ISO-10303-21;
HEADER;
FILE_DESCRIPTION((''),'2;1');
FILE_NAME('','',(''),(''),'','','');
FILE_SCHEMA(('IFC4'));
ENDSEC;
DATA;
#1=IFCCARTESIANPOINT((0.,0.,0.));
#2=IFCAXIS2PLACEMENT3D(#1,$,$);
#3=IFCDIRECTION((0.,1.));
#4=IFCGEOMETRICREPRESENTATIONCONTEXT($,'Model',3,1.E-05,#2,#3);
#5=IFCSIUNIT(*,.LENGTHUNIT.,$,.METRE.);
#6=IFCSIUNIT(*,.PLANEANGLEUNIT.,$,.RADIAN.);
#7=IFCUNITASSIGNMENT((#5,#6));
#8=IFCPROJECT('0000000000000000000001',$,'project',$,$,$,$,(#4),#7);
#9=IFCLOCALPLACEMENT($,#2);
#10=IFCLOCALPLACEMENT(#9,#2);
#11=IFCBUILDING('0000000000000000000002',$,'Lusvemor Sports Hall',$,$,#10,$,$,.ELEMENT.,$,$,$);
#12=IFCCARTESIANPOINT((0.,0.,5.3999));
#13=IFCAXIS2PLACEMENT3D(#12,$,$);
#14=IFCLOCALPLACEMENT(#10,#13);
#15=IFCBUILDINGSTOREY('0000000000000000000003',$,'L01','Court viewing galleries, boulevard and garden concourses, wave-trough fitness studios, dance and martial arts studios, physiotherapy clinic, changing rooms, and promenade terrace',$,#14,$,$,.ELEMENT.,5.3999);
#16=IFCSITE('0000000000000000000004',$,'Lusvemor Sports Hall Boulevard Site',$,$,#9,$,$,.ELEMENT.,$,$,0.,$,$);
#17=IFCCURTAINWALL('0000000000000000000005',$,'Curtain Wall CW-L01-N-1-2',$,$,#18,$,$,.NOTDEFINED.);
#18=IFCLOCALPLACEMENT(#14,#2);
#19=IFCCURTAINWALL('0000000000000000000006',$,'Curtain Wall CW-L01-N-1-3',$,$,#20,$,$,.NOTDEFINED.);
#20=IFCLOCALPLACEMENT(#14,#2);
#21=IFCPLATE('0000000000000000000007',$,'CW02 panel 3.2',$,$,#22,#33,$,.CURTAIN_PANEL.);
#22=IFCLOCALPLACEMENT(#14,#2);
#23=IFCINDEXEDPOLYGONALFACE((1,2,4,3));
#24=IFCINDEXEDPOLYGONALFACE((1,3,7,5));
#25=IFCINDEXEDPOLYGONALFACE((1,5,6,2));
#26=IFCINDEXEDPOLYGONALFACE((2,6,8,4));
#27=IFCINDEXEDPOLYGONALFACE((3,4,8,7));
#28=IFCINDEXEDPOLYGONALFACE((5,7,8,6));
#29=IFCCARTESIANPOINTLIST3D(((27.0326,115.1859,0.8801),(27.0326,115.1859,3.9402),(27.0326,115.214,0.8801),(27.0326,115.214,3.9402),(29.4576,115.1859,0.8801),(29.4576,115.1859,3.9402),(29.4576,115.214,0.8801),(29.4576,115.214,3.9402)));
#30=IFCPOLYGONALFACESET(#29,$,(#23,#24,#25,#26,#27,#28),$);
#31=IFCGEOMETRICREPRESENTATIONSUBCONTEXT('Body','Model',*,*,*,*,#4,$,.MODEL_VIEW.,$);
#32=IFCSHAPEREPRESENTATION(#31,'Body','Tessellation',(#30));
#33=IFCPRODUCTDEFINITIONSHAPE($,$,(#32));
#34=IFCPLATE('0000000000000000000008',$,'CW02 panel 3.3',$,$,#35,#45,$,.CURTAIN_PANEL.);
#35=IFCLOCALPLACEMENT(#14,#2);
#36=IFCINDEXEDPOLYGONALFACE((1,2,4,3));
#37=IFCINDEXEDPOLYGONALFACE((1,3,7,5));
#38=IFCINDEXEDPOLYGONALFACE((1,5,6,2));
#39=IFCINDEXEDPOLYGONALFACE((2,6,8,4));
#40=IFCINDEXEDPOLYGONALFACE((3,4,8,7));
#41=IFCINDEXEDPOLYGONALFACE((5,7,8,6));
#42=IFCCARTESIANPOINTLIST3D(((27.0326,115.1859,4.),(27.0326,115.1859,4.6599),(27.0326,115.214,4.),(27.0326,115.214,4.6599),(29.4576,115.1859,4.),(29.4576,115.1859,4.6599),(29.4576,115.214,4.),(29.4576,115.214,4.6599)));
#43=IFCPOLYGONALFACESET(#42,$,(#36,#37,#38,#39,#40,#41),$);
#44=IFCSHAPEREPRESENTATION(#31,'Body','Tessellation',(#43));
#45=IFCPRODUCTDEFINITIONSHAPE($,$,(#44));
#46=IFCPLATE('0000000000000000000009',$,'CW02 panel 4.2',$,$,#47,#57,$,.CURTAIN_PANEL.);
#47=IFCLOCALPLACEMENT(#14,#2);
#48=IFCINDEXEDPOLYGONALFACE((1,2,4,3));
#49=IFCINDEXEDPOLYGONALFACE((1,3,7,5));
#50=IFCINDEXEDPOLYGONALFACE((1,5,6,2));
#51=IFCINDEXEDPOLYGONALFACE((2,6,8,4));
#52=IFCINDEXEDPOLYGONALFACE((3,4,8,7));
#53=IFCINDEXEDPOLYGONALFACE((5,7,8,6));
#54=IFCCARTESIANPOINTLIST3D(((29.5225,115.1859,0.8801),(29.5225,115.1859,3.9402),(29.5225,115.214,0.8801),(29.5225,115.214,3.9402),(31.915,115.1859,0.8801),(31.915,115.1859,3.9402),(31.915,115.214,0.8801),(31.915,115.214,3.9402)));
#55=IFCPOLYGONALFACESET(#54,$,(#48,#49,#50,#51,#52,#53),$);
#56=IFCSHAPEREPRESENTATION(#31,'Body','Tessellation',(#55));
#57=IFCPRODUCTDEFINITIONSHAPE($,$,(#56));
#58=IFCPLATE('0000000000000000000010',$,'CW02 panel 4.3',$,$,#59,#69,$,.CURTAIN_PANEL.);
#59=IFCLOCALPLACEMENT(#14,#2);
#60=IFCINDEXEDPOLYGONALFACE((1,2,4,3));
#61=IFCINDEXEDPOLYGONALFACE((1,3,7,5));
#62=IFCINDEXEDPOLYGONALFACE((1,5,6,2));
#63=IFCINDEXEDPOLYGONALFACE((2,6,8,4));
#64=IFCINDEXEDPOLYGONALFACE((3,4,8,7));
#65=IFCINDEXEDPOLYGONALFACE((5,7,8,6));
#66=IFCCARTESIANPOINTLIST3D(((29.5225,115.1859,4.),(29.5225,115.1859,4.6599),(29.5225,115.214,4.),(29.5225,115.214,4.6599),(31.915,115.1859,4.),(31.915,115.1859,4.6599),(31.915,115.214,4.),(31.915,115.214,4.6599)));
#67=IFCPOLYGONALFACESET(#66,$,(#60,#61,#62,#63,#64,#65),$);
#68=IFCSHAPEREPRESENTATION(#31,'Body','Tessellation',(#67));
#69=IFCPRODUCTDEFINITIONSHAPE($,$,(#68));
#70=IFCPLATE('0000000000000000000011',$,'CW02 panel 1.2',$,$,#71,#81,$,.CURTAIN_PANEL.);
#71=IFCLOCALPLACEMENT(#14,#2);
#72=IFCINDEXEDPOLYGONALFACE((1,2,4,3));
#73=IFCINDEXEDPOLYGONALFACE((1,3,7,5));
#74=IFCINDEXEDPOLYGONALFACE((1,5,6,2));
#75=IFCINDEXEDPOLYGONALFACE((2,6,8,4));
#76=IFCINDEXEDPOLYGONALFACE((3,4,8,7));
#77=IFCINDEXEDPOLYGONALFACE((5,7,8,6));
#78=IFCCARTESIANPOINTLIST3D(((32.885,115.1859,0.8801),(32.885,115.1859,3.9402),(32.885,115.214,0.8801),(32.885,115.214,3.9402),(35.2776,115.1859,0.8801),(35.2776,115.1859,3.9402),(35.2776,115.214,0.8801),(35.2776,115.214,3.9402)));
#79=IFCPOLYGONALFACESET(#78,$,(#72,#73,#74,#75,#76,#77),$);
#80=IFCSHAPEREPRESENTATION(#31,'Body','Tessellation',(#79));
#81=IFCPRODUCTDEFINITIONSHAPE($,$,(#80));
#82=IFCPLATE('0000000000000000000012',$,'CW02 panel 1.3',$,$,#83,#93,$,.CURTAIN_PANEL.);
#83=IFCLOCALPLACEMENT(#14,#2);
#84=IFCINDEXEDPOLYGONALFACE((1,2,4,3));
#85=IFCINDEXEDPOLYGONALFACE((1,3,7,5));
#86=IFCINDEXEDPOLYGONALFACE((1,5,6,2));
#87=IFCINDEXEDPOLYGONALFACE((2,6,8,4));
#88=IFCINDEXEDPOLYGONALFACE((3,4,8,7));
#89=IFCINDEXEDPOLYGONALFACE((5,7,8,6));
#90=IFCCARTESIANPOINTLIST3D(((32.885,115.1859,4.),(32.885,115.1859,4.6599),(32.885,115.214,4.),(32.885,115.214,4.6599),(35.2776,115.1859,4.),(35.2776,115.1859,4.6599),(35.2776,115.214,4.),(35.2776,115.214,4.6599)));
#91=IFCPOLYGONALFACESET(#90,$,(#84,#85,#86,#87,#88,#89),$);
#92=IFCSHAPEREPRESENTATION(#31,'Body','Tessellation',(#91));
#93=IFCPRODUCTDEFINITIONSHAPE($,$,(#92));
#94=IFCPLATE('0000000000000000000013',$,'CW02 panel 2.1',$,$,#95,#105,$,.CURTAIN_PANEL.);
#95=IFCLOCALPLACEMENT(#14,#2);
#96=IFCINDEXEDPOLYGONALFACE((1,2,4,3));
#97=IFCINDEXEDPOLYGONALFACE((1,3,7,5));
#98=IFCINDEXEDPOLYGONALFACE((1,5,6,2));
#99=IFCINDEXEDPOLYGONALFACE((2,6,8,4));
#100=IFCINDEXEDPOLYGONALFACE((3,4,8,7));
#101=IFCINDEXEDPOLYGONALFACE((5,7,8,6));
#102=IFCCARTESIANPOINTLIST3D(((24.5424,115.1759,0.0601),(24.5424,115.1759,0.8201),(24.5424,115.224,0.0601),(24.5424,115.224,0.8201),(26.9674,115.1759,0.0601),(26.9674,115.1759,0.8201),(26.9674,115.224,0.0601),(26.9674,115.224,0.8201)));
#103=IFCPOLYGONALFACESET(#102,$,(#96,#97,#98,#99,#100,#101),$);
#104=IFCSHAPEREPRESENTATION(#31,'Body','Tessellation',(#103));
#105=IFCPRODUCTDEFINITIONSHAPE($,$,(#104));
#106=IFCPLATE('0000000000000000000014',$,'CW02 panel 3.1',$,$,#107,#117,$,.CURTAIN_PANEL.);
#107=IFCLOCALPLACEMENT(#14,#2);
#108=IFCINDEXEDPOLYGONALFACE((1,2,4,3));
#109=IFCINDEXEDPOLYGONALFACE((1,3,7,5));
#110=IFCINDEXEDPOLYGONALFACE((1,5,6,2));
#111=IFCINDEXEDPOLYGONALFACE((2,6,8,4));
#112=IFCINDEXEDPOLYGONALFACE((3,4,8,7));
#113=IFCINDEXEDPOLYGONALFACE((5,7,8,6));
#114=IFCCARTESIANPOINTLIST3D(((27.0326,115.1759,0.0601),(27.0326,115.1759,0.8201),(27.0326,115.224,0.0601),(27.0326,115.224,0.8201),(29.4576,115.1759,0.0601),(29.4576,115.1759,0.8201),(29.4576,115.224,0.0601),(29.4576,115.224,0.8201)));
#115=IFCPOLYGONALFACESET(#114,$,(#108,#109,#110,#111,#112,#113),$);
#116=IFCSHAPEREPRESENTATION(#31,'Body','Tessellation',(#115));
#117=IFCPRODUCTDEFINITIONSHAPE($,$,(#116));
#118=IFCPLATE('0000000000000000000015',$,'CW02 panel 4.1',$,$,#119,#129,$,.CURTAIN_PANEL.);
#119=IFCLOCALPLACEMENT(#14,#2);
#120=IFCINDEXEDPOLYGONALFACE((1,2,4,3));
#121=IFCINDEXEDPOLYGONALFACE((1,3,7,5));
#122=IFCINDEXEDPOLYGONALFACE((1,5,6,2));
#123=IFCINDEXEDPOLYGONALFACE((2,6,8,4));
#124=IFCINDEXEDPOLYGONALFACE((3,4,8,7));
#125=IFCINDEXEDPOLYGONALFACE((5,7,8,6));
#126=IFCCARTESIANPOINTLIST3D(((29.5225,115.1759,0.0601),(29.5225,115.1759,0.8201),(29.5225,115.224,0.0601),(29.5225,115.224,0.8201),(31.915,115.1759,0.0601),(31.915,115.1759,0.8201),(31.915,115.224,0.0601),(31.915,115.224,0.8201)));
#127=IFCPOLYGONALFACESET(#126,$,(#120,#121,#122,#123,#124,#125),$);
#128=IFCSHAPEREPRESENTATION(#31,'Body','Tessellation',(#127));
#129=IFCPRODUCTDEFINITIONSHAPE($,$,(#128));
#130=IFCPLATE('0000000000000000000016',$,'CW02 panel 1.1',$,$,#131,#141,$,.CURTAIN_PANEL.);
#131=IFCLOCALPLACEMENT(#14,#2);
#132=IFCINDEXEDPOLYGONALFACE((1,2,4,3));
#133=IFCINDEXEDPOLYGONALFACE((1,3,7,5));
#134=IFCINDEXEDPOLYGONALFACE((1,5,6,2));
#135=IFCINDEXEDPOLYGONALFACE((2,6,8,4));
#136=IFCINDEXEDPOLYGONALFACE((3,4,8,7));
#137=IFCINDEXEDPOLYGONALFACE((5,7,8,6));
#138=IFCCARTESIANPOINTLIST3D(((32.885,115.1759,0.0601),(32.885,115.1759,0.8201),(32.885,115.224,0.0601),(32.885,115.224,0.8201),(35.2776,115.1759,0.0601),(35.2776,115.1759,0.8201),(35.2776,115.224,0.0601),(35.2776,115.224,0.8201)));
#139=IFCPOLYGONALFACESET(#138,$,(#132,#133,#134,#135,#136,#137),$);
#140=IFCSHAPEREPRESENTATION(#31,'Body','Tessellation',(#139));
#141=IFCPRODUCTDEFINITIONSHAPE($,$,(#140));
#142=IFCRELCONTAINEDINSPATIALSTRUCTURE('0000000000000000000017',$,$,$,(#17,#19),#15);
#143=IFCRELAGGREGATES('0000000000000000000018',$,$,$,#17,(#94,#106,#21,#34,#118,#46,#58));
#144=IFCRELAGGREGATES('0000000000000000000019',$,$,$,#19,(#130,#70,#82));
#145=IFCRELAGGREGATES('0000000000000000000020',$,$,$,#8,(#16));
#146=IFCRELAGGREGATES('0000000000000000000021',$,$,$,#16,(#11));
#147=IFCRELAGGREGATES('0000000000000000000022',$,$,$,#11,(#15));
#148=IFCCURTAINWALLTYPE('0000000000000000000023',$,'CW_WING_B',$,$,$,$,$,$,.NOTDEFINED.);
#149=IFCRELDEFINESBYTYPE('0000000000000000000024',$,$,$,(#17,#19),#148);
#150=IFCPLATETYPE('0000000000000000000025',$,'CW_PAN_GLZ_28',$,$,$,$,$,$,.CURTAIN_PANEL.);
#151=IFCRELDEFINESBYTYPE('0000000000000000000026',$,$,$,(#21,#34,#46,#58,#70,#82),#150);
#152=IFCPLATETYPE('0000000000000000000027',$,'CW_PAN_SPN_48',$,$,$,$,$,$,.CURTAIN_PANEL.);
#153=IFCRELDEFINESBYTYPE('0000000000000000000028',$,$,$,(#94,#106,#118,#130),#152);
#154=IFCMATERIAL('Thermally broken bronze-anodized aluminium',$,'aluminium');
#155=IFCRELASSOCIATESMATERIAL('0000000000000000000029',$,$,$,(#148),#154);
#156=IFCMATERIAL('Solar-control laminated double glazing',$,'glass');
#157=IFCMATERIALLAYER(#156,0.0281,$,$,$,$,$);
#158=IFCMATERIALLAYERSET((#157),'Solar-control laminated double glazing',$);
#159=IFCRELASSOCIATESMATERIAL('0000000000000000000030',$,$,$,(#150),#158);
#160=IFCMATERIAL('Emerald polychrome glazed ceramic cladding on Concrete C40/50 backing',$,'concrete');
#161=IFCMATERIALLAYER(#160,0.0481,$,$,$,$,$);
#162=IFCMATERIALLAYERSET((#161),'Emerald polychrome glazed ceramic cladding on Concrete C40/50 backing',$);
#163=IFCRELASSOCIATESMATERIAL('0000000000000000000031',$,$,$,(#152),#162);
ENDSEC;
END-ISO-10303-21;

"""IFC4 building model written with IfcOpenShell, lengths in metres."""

from ifc_helpers import new_model, si_unit, direction, frame, origin, origin_2d, place, context, subcontext, project, spatial, rectangle, extrude, material, layer, layer_set, type_object, element, aggregate, save


model = new_model("IFC4")

# Units and contexts
model_context = context("Model", 3, precision=1e-05, world=origin(), true_north=direction((0.0, 1.0)))
body_context = subcontext(model_context, "Body", "Model", "MODEL_VIEW")
ifc_project = project(units=[si_unit("LENGTHUNIT", "METRE"), si_unit("PLANEANGLEUNIT", "RADIAN")], contexts=[model_context])

# Site, building, storey
site_placement = place(None, origin())
site = spatial("IfcSite", under=ifc_project, at=site_placement, Name="Lusvemor Sports Hall Boulevard Site", CompositionType="ELEMENT", RefElevation=0.0)
building_placement = place(site_placement, origin())
building = spatial("IfcBuilding", under=site, at=building_placement, Name="Lusvemor Sports Hall", CompositionType="ELEMENT")
storey_placement = place(building_placement, frame((0.0, 0.0, 5.3999)))
storey = spatial("IfcBuildingStorey", under=building, at=storey_placement, Name="L01", Description="Court viewing galleries, boulevard and garden concourses, wave-trough fitness studios, dance and martial arts studios, physiotherapy clinic, changing rooms, and promenade terrace", CompositionType="ELEMENT", Elevation=5.3999)

# Curtain wall
ifc_material_1 = material(Name="Thermally broken bronze-anodized aluminium", Category="aluminium")
curtain_wall_type = type_object("IfcCurtainWallType", Name="CW_WING_B", PredefinedType="NOTDEFINED", material=ifc_material_1)
curtain_wall_1_placement = place(storey_placement, origin())
curtain_wall_1 = element("IfcCurtainWall", 1, at=curtain_wall_1_placement, inside=storey, type_object=curtain_wall_type, Name="Curtain Wall CW-L01-N-1-2", PredefinedType="NOTDEFINED")

# Curtain wall
curtain_wall_2_placement = place(storey_placement, origin())
curtain_wall_2 = element("IfcCurtainWall", 2, at=curtain_wall_2_placement, inside=storey, type_object=curtain_wall_type, Name="Curtain Wall CW-L01-N-1-3", PredefinedType="NOTDEFINED")

# Plates
ifc_material_2 = material(Name="Solar-control laminated double glazing", Category="glass")
ifc_layer_1 = layer(ifc_material_2, 0.0281)
ifc_layer_set_1 = layer_set([ifc_layer_1], Name="Solar-control laminated double glazing")
plate_type_1 = type_object("IfcPlateType", Name="CW_PAN_GLZ_28", PredefinedType="CURTAIN_PANEL", material=ifc_layer_set_1)
plate_1_placement = place(storey_placement, frame((28.2451, 115.2, 0.8801), z_axis=(0.0, 0.0, 1.0), x_axis=(1.0, 0.0, 0.0)))
plate_1 = element("IfcPlate", 3, at=plate_1_placement, type_object=plate_type_1, Name="CW02 panel 3.2", PredefinedType="CURTAIN_PANEL", context=body_context, shape_type="SweptSolid", body=[
    extrude(rectangle(XDim=2.425, YDim=0.0281, at=origin_2d()), origin(), (0.0, 0.0, 1.0), 3.0601),
])
plate_2_placement = place(storey_placement, frame((28.2451, 115.2, 4.0), z_axis=(0.0, 0.0, 1.0), x_axis=(1.0, 0.0, 0.0)))
plate_2 = element("IfcPlate", 4, at=plate_2_placement, type_object=plate_type_1, Name="CW02 panel 3.3", PredefinedType="CURTAIN_PANEL", context=body_context, shape_type="SweptSolid", body=[
    extrude(rectangle(XDim=2.425, YDim=0.0281, at=origin_2d()), origin(), (0.0, 0.0, 1.0), 0.6599),
])
plate_3_placement = place(storey_placement, frame((30.7188, 115.2, 0.8801), z_axis=(0.0, 0.0, 1.0), x_axis=(1.0, 0.0, 0.0)))
plate_3 = element("IfcPlate", 5, at=plate_3_placement, type_object=plate_type_1, Name="CW02 panel 4.2", PredefinedType="CURTAIN_PANEL", context=body_context, shape_type="SweptSolid", body=[
    extrude(rectangle(XDim=2.3926, YDim=0.0281, at=origin_2d()), origin(), (0.0, 0.0, 1.0), 3.0601),
])
plate_4_placement = place(storey_placement, frame((30.7188, 115.2, 4.0), z_axis=(0.0, 0.0, 1.0), x_axis=(1.0, 0.0, 0.0)))
plate_4 = element("IfcPlate", 6, at=plate_4_placement, type_object=plate_type_1, Name="CW02 panel 4.3", PredefinedType="CURTAIN_PANEL", context=body_context, shape_type="SweptSolid", body=[
    extrude(rectangle(XDim=2.3926, YDim=0.0281, at=origin_2d()), origin(), (0.0, 0.0, 1.0), 0.6599),
])
plate_5_placement = place(storey_placement, frame((34.0813, 115.2, 0.8801), z_axis=(0.0, 0.0, 1.0), x_axis=(1.0, 0.0, 0.0)))
plate_5 = element("IfcPlate", 7, at=plate_5_placement, type_object=plate_type_1, Name="CW02 panel 1.2", PredefinedType="CURTAIN_PANEL", context=body_context, shape_type="SweptSolid", body=[
    extrude(rectangle(XDim=2.3926, YDim=0.0281, at=origin_2d()), origin(), (0.0, 0.0, 1.0), 3.0601),
])
plate_6_placement = place(storey_placement, frame((34.0813, 115.2, 4.0), z_axis=(0.0, 0.0, 1.0), x_axis=(1.0, 0.0, 0.0)))
plate_6 = element("IfcPlate", 8, at=plate_6_placement, type_object=plate_type_1, Name="CW02 panel 1.3", PredefinedType="CURTAIN_PANEL", context=body_context, shape_type="SweptSolid", body=[
    extrude(rectangle(XDim=2.3926, YDim=0.0281, at=origin_2d()), origin(), (0.0, 0.0, 1.0), 0.6599),
])
ifc_material_3 = material(Name="Emerald polychrome glazed ceramic cladding on Concrete C40/50 backing", Category="concrete")
ifc_layer_2 = layer(ifc_material_3, 0.0481)
ifc_layer_set_2 = layer_set([ifc_layer_2], Name="Emerald polychrome glazed ceramic cladding on Concrete C40/50 backing")
plate_type_2 = type_object("IfcPlateType", Name="CW_PAN_SPN_48", PredefinedType="CURTAIN_PANEL", material=ifc_layer_set_2)
plate_7_placement = place(storey_placement, frame((25.7549, 115.2, 0.0601), z_axis=(0.0, 0.0, 1.0), x_axis=(1.0, 0.0, 0.0)))
plate_7 = element("IfcPlate", 9, at=plate_7_placement, type_object=plate_type_2, Name="CW02 panel 2.1", PredefinedType="CURTAIN_PANEL", context=body_context, shape_type="SweptSolid", body=[
    extrude(rectangle(XDim=2.425, YDim=0.0481, at=origin_2d()), origin(), (0.0, 0.0, 1.0), 0.76),
])
plate_8_placement = place(storey_placement, frame((28.2451, 115.2, 0.0601), z_axis=(0.0, 0.0, 1.0), x_axis=(1.0, 0.0, 0.0)))
plate_8 = element("IfcPlate", 10, at=plate_8_placement, type_object=plate_type_2, Name="CW02 panel 3.1", PredefinedType="CURTAIN_PANEL", context=body_context, shape_type="SweptSolid", body=[
    extrude(rectangle(XDim=2.425, YDim=0.0481, at=origin_2d()), origin(), (0.0, 0.0, 1.0), 0.76),
])
plate_9_placement = place(storey_placement, frame((30.7188, 115.2, 0.0601), z_axis=(0.0, 0.0, 1.0), x_axis=(1.0, 0.0, 0.0)))
plate_9 = element("IfcPlate", 11, at=plate_9_placement, type_object=plate_type_2, Name="CW02 panel 4.1", PredefinedType="CURTAIN_PANEL", context=body_context, shape_type="SweptSolid", body=[
    extrude(rectangle(XDim=2.3926, YDim=0.0481, at=origin_2d()), origin(), (0.0, 0.0, 1.0), 0.76),
])
aggregate(curtain_wall_1, [plate_7, plate_8, plate_1, plate_2, plate_9, plate_3, plate_4])
plate_10_placement = place(storey_placement, frame((34.0813, 115.2, 0.0601), z_axis=(0.0, 0.0, 1.0), x_axis=(1.0, 0.0, 0.0)))
plate_10 = element("IfcPlate", 12, at=plate_10_placement, type_object=plate_type_2, Name="CW02 panel 1.1", PredefinedType="CURTAIN_PANEL", context=body_context, shape_type="SweptSolid", body=[
    extrude(rectangle(XDim=2.3926, YDim=0.0481, at=origin_2d()), origin(), (0.0, 0.0, 1.0), 0.76),
])
aggregate(curtain_wall_2, [plate_10, plate_5, plate_6])

save(model, "model.ifc")
